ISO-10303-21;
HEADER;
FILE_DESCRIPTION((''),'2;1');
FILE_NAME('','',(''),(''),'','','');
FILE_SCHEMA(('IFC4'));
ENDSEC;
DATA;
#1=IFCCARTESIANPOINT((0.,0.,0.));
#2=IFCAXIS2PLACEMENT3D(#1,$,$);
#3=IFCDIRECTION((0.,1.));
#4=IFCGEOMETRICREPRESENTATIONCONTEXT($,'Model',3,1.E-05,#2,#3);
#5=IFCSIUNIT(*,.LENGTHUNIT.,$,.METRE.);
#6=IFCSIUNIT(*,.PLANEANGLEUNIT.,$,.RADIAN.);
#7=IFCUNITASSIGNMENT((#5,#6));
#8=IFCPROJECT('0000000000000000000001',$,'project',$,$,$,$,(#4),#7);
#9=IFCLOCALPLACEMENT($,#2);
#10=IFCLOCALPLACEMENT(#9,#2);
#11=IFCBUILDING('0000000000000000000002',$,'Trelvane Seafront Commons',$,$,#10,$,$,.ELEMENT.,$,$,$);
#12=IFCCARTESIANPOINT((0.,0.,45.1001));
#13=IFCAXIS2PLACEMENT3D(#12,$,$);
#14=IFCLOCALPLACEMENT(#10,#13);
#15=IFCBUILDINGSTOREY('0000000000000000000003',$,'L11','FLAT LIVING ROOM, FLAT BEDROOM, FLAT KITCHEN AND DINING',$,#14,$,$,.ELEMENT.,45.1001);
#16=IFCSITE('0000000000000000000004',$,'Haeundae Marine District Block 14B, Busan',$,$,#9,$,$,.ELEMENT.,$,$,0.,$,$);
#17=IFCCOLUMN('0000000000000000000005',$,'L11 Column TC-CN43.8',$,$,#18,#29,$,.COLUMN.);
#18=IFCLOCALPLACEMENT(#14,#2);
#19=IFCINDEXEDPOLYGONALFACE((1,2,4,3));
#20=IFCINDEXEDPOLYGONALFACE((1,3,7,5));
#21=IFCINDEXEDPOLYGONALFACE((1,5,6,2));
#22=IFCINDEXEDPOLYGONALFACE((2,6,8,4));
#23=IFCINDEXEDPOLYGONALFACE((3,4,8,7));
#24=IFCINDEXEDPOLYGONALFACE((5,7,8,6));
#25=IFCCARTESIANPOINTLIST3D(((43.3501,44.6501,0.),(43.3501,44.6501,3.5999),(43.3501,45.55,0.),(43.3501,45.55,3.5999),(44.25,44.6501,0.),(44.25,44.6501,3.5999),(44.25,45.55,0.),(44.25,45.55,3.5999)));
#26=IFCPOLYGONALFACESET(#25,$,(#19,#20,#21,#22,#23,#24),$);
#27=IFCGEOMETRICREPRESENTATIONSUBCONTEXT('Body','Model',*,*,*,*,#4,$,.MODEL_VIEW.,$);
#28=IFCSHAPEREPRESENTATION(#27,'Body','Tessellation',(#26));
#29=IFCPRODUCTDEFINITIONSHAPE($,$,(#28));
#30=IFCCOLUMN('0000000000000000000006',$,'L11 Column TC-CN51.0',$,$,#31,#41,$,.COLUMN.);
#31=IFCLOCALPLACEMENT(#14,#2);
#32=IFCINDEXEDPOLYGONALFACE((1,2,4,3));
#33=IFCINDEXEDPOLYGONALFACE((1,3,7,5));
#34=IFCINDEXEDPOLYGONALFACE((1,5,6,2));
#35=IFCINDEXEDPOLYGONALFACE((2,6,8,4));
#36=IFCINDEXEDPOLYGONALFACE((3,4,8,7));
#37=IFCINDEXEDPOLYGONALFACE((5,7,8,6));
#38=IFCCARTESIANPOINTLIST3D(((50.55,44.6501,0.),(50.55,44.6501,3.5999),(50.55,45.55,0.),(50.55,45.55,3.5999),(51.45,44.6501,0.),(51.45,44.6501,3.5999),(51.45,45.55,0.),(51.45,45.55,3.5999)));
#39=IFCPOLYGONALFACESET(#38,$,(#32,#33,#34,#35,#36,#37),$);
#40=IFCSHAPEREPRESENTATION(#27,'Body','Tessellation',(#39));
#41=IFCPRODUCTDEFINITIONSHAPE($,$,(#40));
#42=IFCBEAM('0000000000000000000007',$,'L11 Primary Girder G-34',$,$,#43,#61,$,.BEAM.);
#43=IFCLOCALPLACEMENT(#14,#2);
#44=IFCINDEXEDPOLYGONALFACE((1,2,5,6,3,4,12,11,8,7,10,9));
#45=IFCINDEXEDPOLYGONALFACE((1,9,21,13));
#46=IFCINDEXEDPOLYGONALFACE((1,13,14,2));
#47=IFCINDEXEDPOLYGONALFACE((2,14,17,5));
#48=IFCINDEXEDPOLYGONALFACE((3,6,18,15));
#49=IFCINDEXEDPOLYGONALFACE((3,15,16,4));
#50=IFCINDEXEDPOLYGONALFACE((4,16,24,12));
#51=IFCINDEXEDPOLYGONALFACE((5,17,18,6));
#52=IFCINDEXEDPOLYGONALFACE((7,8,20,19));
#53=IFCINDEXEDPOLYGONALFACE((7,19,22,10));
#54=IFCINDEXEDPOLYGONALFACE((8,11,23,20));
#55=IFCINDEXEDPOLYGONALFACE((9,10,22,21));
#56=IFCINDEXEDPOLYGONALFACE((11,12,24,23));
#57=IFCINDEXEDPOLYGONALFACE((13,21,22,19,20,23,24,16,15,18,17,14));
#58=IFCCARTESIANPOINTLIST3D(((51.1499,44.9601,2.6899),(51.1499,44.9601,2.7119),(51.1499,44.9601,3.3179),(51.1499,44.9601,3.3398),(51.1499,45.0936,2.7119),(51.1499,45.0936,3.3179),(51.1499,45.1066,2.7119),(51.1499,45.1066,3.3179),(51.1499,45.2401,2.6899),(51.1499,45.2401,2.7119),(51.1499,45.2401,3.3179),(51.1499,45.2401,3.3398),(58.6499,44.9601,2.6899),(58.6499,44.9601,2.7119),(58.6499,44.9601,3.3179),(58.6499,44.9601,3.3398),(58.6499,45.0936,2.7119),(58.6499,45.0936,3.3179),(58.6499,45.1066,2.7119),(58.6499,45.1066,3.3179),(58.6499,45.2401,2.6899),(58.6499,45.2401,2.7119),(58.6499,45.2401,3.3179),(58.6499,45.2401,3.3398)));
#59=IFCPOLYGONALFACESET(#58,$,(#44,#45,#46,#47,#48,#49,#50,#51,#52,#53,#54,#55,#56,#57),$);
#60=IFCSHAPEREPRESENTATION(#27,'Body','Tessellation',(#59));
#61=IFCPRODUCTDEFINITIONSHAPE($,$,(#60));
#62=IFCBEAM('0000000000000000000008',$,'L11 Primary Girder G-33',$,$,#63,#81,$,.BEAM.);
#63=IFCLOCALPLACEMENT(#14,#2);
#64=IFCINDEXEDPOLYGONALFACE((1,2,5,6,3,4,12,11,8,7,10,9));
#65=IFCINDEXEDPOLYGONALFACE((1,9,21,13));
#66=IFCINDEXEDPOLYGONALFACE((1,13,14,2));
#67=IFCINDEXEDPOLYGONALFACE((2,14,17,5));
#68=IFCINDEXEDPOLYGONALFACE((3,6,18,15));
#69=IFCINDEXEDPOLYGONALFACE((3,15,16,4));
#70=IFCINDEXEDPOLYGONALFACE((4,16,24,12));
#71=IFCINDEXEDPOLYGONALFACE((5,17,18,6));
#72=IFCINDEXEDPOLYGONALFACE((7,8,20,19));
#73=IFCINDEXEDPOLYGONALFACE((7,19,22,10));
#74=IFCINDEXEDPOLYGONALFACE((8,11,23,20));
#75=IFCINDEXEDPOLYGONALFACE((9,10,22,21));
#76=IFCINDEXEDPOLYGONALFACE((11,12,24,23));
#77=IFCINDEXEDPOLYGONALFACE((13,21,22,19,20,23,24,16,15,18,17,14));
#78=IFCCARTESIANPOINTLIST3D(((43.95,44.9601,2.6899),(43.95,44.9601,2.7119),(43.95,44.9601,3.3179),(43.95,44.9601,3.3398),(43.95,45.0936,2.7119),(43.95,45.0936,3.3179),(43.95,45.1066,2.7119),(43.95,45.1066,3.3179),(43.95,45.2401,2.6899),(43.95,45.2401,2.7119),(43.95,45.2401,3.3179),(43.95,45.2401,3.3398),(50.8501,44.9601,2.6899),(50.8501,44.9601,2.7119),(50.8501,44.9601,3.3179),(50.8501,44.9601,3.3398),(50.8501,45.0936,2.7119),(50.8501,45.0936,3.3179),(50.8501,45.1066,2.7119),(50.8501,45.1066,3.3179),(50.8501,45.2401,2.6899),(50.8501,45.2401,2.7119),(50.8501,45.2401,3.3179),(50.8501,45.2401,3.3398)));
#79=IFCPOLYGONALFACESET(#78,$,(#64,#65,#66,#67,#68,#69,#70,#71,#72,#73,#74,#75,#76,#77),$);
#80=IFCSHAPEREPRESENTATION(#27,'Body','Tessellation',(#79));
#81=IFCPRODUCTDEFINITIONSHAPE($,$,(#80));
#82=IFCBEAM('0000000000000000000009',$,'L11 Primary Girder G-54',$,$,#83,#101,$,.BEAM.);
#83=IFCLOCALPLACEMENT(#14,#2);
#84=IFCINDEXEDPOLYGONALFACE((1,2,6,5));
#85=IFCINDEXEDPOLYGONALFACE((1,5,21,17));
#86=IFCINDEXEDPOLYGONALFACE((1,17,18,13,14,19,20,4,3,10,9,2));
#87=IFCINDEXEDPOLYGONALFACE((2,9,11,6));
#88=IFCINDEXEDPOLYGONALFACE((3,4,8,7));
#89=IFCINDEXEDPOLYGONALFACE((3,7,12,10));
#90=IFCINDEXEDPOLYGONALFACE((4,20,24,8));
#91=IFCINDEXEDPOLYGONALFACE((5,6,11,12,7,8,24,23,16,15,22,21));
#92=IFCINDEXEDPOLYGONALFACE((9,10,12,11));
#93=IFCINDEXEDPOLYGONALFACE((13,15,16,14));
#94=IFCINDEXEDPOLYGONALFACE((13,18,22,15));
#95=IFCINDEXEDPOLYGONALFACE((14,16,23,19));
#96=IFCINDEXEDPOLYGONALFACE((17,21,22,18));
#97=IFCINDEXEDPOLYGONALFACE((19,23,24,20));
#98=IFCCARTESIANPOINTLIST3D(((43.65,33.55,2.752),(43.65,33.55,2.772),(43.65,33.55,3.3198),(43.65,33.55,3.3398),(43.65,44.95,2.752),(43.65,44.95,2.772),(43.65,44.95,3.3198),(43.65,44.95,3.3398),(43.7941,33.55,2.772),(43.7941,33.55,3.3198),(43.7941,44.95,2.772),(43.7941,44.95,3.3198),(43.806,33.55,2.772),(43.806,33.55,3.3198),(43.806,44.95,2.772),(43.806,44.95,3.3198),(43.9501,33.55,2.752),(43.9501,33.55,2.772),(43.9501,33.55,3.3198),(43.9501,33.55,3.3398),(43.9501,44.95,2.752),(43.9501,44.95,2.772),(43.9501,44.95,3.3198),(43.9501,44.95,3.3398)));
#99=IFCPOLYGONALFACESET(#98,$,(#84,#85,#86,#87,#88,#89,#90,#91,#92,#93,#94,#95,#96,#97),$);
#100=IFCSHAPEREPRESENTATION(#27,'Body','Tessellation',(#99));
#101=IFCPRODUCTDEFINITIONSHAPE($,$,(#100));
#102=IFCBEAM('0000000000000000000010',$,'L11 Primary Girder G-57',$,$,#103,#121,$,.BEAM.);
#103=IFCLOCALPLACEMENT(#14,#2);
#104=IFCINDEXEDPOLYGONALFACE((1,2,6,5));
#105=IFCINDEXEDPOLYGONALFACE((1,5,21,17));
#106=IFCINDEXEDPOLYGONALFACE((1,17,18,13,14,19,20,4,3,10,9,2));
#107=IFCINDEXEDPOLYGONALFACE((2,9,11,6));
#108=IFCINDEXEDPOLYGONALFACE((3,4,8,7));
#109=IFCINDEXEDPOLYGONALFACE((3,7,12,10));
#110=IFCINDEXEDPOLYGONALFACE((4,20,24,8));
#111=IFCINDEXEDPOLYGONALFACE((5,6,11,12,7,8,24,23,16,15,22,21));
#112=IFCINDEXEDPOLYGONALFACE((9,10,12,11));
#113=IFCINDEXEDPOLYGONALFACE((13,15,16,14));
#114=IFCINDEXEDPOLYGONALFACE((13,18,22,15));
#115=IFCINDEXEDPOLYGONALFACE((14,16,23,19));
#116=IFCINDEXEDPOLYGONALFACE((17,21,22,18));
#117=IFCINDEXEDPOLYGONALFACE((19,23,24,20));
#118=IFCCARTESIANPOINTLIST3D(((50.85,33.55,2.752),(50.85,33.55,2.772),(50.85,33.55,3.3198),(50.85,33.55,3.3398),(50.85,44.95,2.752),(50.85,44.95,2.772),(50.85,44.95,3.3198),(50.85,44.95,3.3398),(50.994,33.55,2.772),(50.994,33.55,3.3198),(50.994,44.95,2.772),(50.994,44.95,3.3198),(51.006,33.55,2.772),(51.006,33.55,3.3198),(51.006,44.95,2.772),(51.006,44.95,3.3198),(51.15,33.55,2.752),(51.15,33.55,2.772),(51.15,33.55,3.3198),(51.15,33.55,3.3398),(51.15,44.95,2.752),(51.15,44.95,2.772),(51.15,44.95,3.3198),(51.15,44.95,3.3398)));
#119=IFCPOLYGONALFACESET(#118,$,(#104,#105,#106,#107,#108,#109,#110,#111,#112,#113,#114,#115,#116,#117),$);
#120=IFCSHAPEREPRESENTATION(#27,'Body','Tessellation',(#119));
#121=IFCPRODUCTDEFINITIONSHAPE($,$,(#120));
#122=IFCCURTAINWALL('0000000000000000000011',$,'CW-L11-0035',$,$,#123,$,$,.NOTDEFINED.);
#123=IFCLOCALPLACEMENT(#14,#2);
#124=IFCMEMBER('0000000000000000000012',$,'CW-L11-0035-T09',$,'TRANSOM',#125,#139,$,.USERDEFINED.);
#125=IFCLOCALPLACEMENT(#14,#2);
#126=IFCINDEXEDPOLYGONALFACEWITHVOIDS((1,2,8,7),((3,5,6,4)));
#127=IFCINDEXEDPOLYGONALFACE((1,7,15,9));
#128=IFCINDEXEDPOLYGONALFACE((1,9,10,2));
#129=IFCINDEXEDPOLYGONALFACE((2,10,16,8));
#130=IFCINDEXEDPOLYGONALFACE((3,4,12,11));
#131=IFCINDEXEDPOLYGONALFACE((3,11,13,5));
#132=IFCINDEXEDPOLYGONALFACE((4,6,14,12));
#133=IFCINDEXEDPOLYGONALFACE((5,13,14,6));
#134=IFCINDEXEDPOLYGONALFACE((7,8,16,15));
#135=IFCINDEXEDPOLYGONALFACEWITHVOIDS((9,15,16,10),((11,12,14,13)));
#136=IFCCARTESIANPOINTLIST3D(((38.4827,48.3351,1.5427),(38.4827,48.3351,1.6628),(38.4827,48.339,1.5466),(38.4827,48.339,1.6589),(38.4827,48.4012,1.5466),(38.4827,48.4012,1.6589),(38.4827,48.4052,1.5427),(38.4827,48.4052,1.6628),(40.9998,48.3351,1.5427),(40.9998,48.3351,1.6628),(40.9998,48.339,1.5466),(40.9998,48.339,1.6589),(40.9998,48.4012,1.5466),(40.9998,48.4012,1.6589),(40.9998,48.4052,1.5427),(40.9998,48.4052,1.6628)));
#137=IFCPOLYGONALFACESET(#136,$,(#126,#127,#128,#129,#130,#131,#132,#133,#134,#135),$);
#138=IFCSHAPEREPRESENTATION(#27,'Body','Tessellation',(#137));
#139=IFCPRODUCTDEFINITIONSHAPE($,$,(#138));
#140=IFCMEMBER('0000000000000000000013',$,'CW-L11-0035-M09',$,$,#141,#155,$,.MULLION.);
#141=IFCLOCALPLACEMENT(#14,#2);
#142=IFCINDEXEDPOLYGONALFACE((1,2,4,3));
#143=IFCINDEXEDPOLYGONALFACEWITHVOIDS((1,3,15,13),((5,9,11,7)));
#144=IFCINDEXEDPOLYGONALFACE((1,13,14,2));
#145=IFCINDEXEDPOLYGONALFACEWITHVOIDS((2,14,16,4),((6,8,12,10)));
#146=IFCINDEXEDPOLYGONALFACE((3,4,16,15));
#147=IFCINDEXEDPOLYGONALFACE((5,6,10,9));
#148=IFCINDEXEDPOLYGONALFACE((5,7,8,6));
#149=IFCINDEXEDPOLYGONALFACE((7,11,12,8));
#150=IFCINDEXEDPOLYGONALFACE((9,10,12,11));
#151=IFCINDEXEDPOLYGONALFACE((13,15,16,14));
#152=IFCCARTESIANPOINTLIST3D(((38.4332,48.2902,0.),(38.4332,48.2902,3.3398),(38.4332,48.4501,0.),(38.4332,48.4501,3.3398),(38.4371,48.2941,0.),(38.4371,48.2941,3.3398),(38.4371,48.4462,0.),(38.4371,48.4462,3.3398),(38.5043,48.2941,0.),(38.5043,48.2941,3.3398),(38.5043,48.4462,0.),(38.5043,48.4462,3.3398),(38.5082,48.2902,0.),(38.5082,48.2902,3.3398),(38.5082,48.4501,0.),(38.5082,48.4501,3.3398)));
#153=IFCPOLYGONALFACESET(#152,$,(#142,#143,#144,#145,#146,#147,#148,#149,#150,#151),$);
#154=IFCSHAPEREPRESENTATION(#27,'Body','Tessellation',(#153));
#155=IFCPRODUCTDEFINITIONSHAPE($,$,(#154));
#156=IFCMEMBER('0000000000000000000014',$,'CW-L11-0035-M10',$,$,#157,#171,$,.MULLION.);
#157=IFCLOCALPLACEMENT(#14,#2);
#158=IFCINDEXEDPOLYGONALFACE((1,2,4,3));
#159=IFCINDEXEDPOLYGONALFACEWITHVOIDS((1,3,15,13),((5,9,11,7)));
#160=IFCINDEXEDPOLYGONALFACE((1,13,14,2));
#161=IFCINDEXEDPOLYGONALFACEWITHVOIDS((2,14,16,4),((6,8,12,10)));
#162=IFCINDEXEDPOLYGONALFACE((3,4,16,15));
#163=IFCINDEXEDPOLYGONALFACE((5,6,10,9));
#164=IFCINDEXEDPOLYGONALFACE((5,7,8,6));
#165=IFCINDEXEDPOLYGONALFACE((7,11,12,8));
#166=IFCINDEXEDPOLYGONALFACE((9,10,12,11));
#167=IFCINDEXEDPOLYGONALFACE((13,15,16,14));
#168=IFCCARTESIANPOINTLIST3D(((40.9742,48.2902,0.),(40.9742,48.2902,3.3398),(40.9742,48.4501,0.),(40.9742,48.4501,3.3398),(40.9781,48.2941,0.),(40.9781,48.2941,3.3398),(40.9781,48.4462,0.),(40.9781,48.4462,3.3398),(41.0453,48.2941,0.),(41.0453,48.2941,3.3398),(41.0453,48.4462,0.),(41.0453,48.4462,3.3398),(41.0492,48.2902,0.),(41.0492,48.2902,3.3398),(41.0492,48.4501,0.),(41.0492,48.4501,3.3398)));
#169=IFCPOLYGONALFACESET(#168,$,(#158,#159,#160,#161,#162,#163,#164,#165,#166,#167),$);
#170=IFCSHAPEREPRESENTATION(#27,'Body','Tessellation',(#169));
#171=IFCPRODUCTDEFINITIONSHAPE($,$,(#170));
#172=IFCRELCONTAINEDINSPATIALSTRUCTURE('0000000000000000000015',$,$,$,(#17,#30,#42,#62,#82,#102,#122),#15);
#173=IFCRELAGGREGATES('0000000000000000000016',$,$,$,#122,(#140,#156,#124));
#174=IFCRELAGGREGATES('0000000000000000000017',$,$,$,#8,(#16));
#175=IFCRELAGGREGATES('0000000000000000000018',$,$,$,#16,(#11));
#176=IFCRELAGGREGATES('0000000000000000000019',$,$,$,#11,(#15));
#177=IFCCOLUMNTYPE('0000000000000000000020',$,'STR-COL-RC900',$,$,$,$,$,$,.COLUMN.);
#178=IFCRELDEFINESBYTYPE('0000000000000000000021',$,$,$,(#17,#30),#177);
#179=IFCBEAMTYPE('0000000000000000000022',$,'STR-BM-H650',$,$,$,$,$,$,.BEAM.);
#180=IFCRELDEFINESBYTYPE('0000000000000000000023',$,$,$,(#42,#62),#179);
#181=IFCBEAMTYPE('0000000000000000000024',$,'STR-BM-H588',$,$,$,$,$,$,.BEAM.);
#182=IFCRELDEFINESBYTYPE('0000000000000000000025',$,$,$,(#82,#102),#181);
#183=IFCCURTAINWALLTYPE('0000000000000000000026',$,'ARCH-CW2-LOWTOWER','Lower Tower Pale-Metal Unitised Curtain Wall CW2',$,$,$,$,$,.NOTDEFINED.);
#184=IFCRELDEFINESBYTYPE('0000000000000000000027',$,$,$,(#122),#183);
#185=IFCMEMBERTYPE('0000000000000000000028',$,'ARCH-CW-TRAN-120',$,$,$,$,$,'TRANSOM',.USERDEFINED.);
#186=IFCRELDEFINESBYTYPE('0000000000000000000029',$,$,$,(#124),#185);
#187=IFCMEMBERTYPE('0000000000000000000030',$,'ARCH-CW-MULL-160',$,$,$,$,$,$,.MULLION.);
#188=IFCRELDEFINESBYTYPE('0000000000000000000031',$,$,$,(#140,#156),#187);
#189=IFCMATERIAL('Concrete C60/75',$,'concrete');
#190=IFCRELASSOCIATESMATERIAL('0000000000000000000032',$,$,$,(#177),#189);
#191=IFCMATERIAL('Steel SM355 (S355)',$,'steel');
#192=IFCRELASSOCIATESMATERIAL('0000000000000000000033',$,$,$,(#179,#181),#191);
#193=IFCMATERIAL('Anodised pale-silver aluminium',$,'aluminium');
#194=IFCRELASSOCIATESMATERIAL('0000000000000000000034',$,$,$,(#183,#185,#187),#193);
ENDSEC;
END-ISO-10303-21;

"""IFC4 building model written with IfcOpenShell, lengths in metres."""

from ifc_helpers import new_model, si_unit, direction, frame, origin, origin_2d, place, context, subcontext, project, spatial, rectangle, hollow_rectangle, i_section, extrude, source, transform, mapped, material, material_profile, profile_set, type_object, element, aggregate, save


model = new_model("IFC4")

# Units and contexts
model_context = context("Model", 3, precision=1e-05, world=origin(), true_north=direction((0.0, 1.0)))
body_context = subcontext(model_context, "Body", "Model", "MODEL_VIEW")
ifc_project = project(units=[si_unit("LENGTHUNIT", "METRE"), si_unit("PLANEANGLEUNIT", "RADIAN")], contexts=[model_context])

# Site, building, storey
site_placement = place(None, origin())
site = spatial("IfcSite", under=ifc_project, at=site_placement, Name="Haeundae Marine District Block 14B, Busan", CompositionType="ELEMENT", RefElevation=0.0)
building_placement = place(site_placement, origin())
building = spatial("IfcBuilding", under=site, at=building_placement, Name="Trelvane Seafront Commons", CompositionType="ELEMENT")
storey_placement = place(building_placement, frame((0.0, 0.0, 45.1001)))
storey = spatial("IfcBuildingStorey", under=building, at=storey_placement, Name="L11", Description="FLAT LIVING ROOM, FLAT BEDROOM, FLAT KITCHEN AND DINING", CompositionType="ELEMENT", Elevation=45.1001)

# Columns
ifc_material_1 = material(Name="Concrete C60/75", Category="concrete")
ifc_material_profile_1 = material_profile(ifc_material_1, rectangle(XDim=0.8999, YDim=0.8999, at=origin_2d()), Name="RC-900x900")
ifc_profile_set_1 = profile_set([ifc_material_profile_1], Name="Concrete C60/75")
column_type = type_object("IfcColumnType", Name="STR-COL-RC900", PredefinedType="COLUMN", material=ifc_profile_set_1)
shared_shape_1 = source(origin(), body_context, "Body", "SweptSolid", [
    extrude(rectangle(XDim=0.8999, YDim=0.8999, at=origin_2d()), origin(), (0.0, 0.0, 1.0), 3.5999),
])
for number, where, z_axis, x_axis, name in (
    (1, (43.8, 45.1001, 0.0), (0.0, 0.0, 1.0), (1.0, 0.0, 0.0), "L11 Column TC-CN43.8"),
    (2, (51.0, 45.1001, 0.0), (0.0, 0.0, 1.0), (1.0, 0.0, 0.0), "L11 Column TC-CN51.0"),
):
    element("IfcColumn", number, at=place(storey_placement, frame(where, z_axis=z_axis, x_axis=x_axis)), inside=storey, type_object=column_type, Name=name, PredefinedType="COLUMN", context=body_context, shape_type="MappedRepresentation", body=[
        mapped(shared_shape_1, transform((0.0, 0.0, 0.0), x_axis=(1.0, 0.0, 0.0), y_axis=(0.0, 1.0, 0.0), z_axis=(0.0, 0.0, 1.0), scale=1.0)),
    ])

# Beams
ifc_material_2 = material(Name="Steel SM355 (S355)", Category="steel")
ifc_material_profile_2 = material_profile(ifc_material_2, i_section(OverallWidth=0.28, OverallDepth=0.6499, WebThickness=0.0129, FlangeThickness=0.022, at=origin_2d()), Name="H-650x280x13x22")
ifc_profile_set_2 = profile_set([ifc_material_profile_2], Name="Steel SM355 (S355)")
beam_type_1 = type_object("IfcBeamType", Name="STR-BM-H650", PredefinedType="BEAM", material=ifc_profile_set_2)
shared_shape_2 = source(origin(), body_context, "Body", "SweptSolid", [
    extrude(i_section(OverallWidth=0.28, OverallDepth=0.6499, WebThickness=0.0129, FlangeThickness=0.022, at=origin_2d()), origin(), (0.0, 0.0, 1.0), 7.5),
])
beam_1_placement = place(storey_placement, frame((51.1499, 45.1001, 3.0149), z_axis=(1.0, 0.0, 0.0), x_axis=(0.0, 1.0, 0.0)))
element("IfcBeam", 3, at=beam_1_placement, inside=storey, type_object=beam_type_1, Name="L11 Primary Girder G-34", PredefinedType="BEAM", context=body_context, shape_type="MappedRepresentation", body=[
    mapped(shared_shape_2, transform((0.0, 0.0, 0.0), x_axis=(1.0, 0.0, 0.0), y_axis=(0.0, 1.0, 0.0), z_axis=(0.0, 0.0, 1.0), scale=1.0)),
])
shared_shape_3 = source(origin(), body_context, "Body", "SweptSolid", [
    extrude(i_section(OverallWidth=0.28, OverallDepth=0.6499, WebThickness=0.0129, FlangeThickness=0.022, at=origin_2d()), origin(), (0.0, 0.0, 1.0), 6.9001),
])
beam_2_placement = place(storey_placement, frame((43.95, 45.1001, 3.0149), z_axis=(1.0, 0.0, 0.0), x_axis=(0.0, 1.0, 0.0)))
element("IfcBeam", 4, at=beam_2_placement, inside=storey, type_object=beam_type_1, Name="L11 Primary Girder G-33", PredefinedType="BEAM", context=body_context, shape_type="MappedRepresentation", body=[
    mapped(shared_shape_3, transform((0.0, 0.0, 0.0), x_axis=(1.0, 0.0, 0.0), y_axis=(0.0, 1.0, 0.0), z_axis=(0.0, 0.0, 1.0), scale=1.0)),
])
ifc_material_profile_3 = material_profile(ifc_material_2, i_section(OverallWidth=0.3, OverallDepth=0.5879, WebThickness=0.012, FlangeThickness=0.02, at=origin_2d()), Name="H-588x300x12x20")
ifc_profile_set_3 = profile_set([ifc_material_profile_3], Name="Steel SM355 (S355)")
beam_type_2 = type_object("IfcBeamType", Name="STR-BM-H588", PredefinedType="BEAM", material=ifc_profile_set_3)
shared_shape_4 = source(origin(), body_context, "Body", "SweptSolid", [
    extrude(i_section(OverallWidth=0.3, OverallDepth=0.5879, WebThickness=0.012, FlangeThickness=0.02, at=origin_2d()), origin(), (0.0, 0.0, 1.0), 11.3999),
])
for number, where, z_axis, x_axis, name in (
    (5, (43.8, 33.55, 3.0459), (0.0, 1.0, 0.0), (-1.0, 0.0, 0.0), "L11 Primary Girder G-54"),
    (6, (51.0, 33.55, 3.0459), (0.0, 1.0, 0.0), (-1.0, 0.0, 0.0), "L11 Primary Girder G-57"),
):
    element("IfcBeam", number, at=place(storey_placement, frame(where, z_axis=z_axis, x_axis=x_axis)), inside=storey, type_object=beam_type_2, Name=name, PredefinedType="BEAM", context=body_context, shape_type="MappedRepresentation", body=[
        mapped(shared_shape_4, transform((0.0, 0.0, 0.0), x_axis=(1.0, 0.0, 0.0), y_axis=(0.0, 1.0, 0.0), z_axis=(0.0, 0.0, 1.0), scale=1.0)),
    ])

# Curtain wall, members
ifc_material_3 = material(Name="Anodised pale-silver aluminium", Category="aluminium")
curtain_wall_type = type_object("IfcCurtainWallType", Name="ARCH-CW2-LOWTOWER", Description="Lower Tower Pale-Metal Unitised Curtain Wall CW2", PredefinedType="NOTDEFINED", material=ifc_material_3)
curtain_wall_placement = place(storey_placement, origin())
curtain_wall = element("IfcCurtainWall", 7, at=curtain_wall_placement, inside=storey, type_object=curtain_wall_type, Name="CW-L11-0035", PredefinedType="NOTDEFINED")
ifc_material_profile_4 = material_profile(ifc_material_3, hollow_rectangle(XDim=0.0701, YDim=0.1201, WallThickness=0.0039, at=origin_2d()), Name="TRAN-70x120x4")
ifc_profile_set_4 = profile_set([ifc_material_profile_4], Name="Anodised pale-silver aluminium")
member_type_1 = type_object("IfcMemberType", Name="ARCH-CW-TRAN-120", ElementType="TRANSOM", PredefinedType="USERDEFINED", material=ifc_profile_set_4)
shared_shape_5 = source(origin(), body_context, "Body", "SweptSolid", [
    extrude(hollow_rectangle(XDim=0.0701, YDim=0.1201, WallThickness=0.0039, at=origin_2d()), origin(), (0.0, 0.0, 1.0), 2.5171),
])
member_1_placement = place(storey_placement, frame((38.4827, 48.3701, 1.6028), z_axis=(1.0, 0.0, 0.0), x_axis=(0.0, 1.0, 0.0)))
member_1 = element("IfcMember", 8, at=member_1_placement, type_object=member_type_1, Name="CW-L11-0035-T09", ObjectType="TRANSOM", PredefinedType="USERDEFINED", context=body_context, shape_type="MappedRepresentation", body=[
    mapped(shared_shape_5, transform((0.0, 0.0, 0.0), x_axis=(1.0, 0.0, 0.0), y_axis=(0.0, 1.0, 0.0), z_axis=(0.0, 0.0, 1.0), scale=1.0)),
])
ifc_material_profile_5 = material_profile(ifc_material_3, hollow_rectangle(XDim=0.075, YDim=0.1599, WallThickness=0.0039, at=origin_2d()), Name="MULL-75x160x4")
ifc_profile_set_5 = profile_set([ifc_material_profile_5], Name="Anodised pale-silver aluminium")
member_type_2 = type_object("IfcMemberType", Name="ARCH-CW-MULL-160", PredefinedType="MULLION", material=ifc_profile_set_5)
shared_shape_6 = source(origin(), body_context, "Body", "SweptSolid", [
    extrude(hollow_rectangle(XDim=0.075, YDim=0.1599, WallThickness=0.0039, at=origin_2d()), origin(), (0.0, 0.0, 1.0), 3.3398),
])
member_2_placement = place(storey_placement, frame((38.4707, 48.3701, 0.0), z_axis=(0.0, 0.0, 1.0), x_axis=(1.0, 0.0, 0.0)))
member_2 = element("IfcMember", 9, at=member_2_placement, type_object=member_type_2, Name="CW-L11-0035-M09", PredefinedType="MULLION", context=body_context, shape_type="MappedRepresentation", body=[
    mapped(shared_shape_6, transform((0.0, 0.0, 0.0), x_axis=(1.0, 0.0, 0.0), y_axis=(0.0, 1.0, 0.0), z_axis=(0.0, 0.0, 1.0), scale=1.0)),
])
member_3_placement = place(storey_placement, frame((41.0117, 48.3701, 0.0), z_axis=(0.0, 0.0, 1.0), x_axis=(1.0, 0.0, 0.0)))
member_3 = element("IfcMember", 10, at=member_3_placement, type_object=member_type_2, Name="CW-L11-0035-M10", PredefinedType="MULLION", context=body_context, shape_type="MappedRepresentation", body=[
    mapped(shared_shape_6, transform((0.0, 0.0, 0.0), x_axis=(1.0, 0.0, 0.0), y_axis=(0.0, 1.0, 0.0), z_axis=(0.0, 0.0, 1.0), scale=1.0)),
])
aggregate(curtain_wall, [member_2, member_3, member_1])

save(model, "model.ifc")
